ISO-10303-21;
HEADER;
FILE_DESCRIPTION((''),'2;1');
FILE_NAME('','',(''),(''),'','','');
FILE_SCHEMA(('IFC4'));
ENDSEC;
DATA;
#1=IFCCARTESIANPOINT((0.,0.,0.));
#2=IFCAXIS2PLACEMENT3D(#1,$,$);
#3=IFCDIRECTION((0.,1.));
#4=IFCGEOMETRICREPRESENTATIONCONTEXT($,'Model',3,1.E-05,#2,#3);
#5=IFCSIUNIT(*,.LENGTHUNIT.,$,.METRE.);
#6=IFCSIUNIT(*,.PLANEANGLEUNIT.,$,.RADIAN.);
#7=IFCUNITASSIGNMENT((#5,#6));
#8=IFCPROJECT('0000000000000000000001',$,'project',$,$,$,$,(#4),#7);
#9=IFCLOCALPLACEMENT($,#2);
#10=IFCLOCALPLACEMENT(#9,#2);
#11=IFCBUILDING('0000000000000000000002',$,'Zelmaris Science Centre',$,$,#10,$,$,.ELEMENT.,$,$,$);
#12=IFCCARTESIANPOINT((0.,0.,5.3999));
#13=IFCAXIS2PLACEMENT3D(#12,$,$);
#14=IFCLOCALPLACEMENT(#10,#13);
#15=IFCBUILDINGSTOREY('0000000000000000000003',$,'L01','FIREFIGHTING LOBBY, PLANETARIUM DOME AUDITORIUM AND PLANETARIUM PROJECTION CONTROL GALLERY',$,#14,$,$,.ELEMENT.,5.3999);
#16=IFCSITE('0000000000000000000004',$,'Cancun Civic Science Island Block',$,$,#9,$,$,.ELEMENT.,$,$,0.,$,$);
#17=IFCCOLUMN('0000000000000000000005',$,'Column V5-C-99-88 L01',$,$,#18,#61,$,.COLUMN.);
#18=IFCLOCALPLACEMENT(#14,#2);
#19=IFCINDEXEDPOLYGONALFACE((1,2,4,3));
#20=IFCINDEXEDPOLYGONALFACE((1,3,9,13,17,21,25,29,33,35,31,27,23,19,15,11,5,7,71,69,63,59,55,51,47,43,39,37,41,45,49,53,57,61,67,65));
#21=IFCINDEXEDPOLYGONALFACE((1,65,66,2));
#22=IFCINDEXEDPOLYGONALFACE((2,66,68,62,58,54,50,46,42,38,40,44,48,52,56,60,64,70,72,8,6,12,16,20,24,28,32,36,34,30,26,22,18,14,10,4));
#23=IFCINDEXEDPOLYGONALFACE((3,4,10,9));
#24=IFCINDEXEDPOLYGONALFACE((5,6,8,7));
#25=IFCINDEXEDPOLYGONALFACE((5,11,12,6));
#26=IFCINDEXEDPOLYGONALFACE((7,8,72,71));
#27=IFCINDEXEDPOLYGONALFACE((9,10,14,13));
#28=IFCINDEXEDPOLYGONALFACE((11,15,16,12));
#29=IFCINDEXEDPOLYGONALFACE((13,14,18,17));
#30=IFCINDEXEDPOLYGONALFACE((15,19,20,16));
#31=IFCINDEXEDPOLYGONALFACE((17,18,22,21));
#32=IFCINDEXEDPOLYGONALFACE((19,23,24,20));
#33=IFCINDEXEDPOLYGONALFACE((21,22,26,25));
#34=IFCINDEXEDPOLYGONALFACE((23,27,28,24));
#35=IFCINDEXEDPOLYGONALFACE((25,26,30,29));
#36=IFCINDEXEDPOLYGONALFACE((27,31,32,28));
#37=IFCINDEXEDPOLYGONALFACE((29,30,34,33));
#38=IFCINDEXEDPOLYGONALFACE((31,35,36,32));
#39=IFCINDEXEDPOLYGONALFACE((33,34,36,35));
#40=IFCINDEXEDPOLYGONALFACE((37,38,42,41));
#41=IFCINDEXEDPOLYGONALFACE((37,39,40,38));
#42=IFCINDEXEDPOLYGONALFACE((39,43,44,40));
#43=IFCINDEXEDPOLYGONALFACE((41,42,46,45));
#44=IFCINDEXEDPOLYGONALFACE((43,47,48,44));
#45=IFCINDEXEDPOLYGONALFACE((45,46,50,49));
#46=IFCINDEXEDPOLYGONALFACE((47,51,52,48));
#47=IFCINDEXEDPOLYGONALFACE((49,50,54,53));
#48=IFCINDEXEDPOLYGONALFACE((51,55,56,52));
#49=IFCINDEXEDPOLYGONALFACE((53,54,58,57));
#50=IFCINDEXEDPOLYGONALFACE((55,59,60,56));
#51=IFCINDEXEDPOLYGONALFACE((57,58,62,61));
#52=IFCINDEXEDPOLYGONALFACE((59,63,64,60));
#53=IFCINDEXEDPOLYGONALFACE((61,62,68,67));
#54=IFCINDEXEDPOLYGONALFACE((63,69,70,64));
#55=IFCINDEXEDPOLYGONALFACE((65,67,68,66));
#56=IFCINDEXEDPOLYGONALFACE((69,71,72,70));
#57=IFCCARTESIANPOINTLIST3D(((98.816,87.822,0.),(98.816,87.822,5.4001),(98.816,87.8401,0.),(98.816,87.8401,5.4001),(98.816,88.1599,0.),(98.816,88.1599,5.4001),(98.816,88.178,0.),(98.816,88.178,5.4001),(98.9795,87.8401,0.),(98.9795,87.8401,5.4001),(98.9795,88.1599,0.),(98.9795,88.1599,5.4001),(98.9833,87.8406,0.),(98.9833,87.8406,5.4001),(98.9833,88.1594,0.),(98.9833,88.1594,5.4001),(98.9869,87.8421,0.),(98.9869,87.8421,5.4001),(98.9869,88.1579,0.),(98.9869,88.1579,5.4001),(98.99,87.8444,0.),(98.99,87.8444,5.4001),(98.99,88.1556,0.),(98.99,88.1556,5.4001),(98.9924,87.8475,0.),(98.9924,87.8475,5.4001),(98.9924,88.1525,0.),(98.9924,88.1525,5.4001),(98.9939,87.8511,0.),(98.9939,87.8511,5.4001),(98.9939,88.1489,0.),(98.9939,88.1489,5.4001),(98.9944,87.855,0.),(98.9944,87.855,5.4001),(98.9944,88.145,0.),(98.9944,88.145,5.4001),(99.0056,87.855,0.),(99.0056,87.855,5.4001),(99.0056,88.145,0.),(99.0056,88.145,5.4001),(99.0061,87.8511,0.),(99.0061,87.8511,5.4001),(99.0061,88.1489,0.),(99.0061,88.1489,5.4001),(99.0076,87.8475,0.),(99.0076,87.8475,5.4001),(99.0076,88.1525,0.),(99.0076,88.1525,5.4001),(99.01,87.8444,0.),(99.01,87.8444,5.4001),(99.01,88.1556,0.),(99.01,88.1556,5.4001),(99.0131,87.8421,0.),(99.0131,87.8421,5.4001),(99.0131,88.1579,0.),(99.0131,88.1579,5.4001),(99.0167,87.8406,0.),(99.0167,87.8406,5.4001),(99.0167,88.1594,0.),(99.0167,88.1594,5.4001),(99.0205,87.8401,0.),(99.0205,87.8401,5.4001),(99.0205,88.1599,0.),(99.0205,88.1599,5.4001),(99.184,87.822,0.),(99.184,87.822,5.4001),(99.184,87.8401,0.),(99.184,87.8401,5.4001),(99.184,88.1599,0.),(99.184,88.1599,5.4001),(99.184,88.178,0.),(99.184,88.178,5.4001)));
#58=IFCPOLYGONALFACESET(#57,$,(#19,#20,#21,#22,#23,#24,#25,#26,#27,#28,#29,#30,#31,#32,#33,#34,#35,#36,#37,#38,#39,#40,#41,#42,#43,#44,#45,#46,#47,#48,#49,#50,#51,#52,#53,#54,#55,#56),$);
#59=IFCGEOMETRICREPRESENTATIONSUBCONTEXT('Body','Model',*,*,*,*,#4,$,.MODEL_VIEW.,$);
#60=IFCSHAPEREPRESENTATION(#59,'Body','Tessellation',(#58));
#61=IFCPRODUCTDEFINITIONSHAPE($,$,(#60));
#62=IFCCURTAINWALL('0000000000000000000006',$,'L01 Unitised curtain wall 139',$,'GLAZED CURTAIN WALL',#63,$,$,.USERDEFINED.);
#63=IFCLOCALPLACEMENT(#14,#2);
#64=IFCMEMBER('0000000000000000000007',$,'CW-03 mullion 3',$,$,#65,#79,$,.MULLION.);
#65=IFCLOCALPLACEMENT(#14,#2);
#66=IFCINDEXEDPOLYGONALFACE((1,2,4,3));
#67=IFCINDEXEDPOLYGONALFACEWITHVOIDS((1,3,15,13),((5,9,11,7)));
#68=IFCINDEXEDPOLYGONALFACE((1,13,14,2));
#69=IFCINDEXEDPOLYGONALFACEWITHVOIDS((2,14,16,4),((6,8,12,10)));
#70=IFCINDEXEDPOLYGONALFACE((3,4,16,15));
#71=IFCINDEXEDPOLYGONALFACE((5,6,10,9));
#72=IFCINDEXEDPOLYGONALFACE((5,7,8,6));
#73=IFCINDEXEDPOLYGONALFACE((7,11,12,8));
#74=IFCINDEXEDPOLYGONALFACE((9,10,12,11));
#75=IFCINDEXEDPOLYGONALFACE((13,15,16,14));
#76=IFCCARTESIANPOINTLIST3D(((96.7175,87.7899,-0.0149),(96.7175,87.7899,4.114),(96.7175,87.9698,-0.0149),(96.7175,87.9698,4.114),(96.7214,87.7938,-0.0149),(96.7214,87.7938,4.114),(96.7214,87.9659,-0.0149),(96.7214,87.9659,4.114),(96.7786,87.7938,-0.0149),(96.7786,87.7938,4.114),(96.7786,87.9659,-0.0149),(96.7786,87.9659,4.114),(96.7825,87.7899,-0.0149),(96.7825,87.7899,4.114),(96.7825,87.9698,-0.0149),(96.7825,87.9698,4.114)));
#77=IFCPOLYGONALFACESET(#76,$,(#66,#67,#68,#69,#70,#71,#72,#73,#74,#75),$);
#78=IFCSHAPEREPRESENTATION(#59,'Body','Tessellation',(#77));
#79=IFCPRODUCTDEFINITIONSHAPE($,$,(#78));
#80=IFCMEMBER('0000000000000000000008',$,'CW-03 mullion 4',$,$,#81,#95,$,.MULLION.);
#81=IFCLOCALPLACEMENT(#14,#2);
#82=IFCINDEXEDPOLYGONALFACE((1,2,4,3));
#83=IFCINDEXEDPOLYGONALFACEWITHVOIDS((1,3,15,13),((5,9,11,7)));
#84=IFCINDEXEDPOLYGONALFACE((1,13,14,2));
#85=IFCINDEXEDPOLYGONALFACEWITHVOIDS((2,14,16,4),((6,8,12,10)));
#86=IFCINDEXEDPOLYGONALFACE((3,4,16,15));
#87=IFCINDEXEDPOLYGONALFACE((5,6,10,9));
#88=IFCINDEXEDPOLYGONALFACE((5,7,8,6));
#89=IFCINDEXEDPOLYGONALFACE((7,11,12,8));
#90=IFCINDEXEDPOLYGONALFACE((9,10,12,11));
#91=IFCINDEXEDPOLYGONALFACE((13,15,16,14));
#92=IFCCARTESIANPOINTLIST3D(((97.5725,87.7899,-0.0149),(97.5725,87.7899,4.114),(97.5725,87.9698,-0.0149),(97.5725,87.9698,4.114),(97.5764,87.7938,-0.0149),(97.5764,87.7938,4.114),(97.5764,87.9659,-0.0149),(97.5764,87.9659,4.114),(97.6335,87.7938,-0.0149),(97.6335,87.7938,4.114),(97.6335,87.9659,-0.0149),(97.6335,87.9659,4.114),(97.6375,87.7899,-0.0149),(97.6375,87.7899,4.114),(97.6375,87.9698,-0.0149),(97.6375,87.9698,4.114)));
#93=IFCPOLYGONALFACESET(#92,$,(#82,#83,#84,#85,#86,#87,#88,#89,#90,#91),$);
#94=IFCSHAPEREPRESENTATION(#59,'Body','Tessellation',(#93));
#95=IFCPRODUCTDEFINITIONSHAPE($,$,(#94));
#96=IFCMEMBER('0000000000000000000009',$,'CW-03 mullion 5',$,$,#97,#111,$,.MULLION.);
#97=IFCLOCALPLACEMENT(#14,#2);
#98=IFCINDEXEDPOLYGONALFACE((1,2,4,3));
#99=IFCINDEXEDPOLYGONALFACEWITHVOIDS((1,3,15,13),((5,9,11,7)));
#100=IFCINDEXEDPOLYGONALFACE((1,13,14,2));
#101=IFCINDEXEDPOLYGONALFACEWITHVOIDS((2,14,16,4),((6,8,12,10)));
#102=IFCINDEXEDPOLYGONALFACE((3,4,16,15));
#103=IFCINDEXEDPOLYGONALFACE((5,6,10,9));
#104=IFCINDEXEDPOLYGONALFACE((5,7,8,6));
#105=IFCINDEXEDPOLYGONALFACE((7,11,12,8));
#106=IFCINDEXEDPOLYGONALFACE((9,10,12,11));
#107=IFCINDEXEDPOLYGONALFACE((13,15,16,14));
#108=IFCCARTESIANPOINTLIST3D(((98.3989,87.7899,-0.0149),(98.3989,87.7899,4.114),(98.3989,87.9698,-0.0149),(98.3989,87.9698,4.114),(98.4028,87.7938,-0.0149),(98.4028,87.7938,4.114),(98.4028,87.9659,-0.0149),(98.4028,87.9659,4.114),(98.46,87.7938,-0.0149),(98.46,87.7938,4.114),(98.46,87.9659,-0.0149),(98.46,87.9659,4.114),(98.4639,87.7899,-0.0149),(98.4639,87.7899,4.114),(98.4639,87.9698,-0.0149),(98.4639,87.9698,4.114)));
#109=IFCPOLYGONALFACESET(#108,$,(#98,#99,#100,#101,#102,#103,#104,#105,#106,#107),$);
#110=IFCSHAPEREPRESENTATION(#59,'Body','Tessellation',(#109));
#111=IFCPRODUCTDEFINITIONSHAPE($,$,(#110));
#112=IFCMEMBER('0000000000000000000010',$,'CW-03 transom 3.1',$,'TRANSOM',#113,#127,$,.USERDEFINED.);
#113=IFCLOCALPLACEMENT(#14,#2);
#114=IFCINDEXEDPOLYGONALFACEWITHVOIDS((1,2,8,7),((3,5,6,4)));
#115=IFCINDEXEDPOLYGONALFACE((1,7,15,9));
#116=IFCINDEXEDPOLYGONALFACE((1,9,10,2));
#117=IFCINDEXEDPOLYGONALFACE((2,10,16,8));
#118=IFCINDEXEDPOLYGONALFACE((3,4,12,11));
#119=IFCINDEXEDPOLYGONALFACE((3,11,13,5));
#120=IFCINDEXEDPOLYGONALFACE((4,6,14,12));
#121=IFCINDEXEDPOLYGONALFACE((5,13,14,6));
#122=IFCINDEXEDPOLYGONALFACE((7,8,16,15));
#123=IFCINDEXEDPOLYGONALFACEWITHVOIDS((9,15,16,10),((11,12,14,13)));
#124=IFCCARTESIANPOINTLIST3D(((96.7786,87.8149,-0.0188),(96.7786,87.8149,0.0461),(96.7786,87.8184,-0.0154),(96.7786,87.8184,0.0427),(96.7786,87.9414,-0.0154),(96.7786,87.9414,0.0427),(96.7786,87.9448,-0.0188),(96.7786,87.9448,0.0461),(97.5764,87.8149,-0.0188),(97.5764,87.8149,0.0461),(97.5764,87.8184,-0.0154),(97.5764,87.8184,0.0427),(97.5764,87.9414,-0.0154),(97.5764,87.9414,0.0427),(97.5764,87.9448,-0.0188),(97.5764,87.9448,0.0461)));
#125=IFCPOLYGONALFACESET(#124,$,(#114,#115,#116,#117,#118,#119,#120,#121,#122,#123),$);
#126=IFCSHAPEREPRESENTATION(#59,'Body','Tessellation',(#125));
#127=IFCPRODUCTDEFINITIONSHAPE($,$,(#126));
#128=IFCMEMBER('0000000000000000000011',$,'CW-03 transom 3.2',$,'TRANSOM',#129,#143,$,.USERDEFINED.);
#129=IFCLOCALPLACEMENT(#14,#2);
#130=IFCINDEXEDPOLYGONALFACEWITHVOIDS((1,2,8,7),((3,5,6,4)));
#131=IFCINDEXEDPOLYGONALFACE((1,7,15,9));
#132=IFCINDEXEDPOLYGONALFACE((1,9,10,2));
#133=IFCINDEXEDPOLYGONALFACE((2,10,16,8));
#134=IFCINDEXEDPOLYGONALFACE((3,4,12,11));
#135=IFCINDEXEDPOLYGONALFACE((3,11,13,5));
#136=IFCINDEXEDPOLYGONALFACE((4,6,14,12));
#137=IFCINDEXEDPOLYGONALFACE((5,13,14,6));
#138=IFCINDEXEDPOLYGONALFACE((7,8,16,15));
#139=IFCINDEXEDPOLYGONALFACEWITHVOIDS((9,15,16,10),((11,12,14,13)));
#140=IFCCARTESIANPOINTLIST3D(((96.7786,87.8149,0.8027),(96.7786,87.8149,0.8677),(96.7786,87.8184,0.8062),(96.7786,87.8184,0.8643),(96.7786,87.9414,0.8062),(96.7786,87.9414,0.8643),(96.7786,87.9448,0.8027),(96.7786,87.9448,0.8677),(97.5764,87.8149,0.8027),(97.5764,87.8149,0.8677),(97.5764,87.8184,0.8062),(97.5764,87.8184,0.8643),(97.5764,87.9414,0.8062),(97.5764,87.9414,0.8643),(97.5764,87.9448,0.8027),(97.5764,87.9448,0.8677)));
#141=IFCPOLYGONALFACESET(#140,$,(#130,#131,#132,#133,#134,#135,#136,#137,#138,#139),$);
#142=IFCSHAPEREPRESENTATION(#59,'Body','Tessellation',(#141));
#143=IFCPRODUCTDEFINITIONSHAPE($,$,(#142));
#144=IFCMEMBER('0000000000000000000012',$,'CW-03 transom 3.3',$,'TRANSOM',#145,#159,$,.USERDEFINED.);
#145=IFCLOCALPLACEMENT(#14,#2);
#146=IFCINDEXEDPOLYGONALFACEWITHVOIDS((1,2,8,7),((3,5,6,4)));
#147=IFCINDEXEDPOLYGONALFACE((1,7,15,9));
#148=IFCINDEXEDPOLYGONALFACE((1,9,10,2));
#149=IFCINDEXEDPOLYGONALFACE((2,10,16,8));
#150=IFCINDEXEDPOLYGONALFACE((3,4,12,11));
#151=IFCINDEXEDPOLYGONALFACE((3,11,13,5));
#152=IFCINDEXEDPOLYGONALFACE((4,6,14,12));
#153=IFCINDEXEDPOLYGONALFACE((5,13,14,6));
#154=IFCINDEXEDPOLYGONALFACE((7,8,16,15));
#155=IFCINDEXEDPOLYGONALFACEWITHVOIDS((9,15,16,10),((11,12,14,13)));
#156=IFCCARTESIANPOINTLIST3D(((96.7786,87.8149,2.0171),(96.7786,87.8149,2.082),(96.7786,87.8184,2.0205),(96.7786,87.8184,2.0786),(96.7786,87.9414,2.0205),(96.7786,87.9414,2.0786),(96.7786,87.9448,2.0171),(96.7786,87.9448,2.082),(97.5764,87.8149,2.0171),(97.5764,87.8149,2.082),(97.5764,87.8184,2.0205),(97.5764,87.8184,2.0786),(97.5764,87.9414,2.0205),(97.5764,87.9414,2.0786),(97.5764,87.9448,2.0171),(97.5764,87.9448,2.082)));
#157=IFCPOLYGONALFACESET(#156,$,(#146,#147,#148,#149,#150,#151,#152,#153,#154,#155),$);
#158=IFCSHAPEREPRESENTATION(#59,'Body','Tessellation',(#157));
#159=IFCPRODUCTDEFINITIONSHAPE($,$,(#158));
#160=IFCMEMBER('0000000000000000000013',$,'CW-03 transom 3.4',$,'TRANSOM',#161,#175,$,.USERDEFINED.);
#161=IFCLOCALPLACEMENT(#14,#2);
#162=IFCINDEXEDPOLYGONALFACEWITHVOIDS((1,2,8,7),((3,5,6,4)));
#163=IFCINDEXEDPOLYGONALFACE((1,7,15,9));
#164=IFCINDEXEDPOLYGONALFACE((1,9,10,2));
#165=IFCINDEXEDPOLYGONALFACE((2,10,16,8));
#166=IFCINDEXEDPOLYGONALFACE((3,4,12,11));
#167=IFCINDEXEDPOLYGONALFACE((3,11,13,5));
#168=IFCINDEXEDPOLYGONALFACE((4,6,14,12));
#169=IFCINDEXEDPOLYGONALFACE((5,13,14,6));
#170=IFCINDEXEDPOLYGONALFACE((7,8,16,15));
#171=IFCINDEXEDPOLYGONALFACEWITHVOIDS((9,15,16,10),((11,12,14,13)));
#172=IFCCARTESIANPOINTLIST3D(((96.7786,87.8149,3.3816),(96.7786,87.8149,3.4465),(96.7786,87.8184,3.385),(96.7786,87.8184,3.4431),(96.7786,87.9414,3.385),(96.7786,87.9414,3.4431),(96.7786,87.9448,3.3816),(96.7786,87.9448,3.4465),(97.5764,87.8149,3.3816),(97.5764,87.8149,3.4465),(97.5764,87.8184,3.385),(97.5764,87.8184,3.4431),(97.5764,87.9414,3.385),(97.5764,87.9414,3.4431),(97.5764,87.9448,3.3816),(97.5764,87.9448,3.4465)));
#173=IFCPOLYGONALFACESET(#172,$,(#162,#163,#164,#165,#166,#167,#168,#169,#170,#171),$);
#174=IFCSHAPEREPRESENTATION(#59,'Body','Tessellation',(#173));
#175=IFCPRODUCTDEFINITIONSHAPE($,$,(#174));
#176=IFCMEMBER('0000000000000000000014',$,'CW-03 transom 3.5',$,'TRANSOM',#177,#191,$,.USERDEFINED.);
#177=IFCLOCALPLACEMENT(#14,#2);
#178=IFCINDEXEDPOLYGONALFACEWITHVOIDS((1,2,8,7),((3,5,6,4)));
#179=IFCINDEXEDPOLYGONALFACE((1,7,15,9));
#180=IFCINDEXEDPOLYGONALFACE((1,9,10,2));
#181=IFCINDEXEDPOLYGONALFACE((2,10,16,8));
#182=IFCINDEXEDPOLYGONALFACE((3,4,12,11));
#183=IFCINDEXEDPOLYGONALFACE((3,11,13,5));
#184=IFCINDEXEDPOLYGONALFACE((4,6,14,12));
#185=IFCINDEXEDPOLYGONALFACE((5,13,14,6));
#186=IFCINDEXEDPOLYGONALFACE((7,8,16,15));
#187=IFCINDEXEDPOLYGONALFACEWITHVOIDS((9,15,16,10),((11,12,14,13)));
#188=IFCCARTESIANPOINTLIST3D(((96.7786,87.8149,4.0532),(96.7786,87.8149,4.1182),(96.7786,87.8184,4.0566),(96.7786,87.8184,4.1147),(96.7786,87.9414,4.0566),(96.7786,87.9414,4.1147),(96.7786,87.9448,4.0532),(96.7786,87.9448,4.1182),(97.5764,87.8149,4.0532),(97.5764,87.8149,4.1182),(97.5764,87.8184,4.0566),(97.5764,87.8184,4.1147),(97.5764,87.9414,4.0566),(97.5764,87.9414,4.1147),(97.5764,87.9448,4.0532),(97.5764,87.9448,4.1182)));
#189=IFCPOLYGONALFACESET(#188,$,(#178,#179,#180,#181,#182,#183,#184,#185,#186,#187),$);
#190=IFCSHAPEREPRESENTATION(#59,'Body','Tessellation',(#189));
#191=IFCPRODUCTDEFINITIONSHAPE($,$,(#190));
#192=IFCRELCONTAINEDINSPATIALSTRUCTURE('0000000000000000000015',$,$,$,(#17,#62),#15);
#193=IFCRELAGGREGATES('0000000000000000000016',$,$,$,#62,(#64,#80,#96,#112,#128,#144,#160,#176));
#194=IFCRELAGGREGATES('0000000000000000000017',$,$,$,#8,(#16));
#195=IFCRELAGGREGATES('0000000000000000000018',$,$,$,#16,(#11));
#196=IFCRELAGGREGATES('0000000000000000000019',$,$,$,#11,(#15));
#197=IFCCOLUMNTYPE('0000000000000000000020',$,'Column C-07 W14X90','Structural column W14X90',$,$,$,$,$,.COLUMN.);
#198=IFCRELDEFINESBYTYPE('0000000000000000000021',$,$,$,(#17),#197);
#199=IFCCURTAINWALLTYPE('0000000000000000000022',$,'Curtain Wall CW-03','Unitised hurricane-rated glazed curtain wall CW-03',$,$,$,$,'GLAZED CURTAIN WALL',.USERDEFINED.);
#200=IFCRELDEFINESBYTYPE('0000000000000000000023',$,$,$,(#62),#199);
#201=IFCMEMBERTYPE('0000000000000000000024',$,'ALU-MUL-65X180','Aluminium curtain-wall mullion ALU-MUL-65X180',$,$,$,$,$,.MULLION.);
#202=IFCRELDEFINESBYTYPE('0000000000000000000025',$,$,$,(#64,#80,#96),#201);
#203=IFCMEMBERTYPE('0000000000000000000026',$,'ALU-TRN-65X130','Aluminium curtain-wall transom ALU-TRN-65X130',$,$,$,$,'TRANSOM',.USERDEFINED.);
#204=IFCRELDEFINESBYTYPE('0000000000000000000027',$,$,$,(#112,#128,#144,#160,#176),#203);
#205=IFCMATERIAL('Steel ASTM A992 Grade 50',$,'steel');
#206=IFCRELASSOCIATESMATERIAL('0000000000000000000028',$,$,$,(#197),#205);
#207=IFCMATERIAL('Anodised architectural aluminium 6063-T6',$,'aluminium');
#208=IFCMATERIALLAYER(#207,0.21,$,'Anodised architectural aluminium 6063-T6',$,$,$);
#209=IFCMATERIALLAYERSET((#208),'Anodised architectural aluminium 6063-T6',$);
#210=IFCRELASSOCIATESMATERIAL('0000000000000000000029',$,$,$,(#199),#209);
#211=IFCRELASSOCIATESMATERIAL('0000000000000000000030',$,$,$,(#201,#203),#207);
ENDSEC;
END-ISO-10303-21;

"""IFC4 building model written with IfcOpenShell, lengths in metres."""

from ifc_helpers import new_model, si_unit, direction, frame, origin, origin_2d, place, context, subcontext, project, spatial, hollow_rectangle, i_section, extrude, material, layer, layer_set, material_profile, profile_set, type_object, element, aggregate, save


model = new_model("IFC4")

# Units and contexts
model_context = context("Model", 3, precision=1e-05, world=origin(), true_north=direction((0.0, 1.0)))
body_context = subcontext(model_context, "Body", "Model", "MODEL_VIEW")
ifc_project = project(units=[si_unit("LENGTHUNIT", "METRE"), si_unit("PLANEANGLEUNIT", "RADIAN")], contexts=[model_context])

# Site, building, storey
site_placement = place(None, origin())
site = spatial("IfcSite", under=ifc_project, at=site_placement, Name="Cancun Civic Science Island Block", CompositionType="ELEMENT", RefElevation=0.0)
building_placement = place(site_placement, origin())
building = spatial("IfcBuilding", under=site, at=building_placement, Name="Zelmaris Science Centre", CompositionType="ELEMENT")
storey_placement = place(building_placement, frame((0.0, 0.0, 5.3999)))
storey = spatial("IfcBuildingStorey", under=building, at=storey_placement, Name="L01", Description="FIREFIGHTING LOBBY, PLANETARIUM DOME AUDITORIUM AND PLANETARIUM PROJECTION CONTROL GALLERY", CompositionType="ELEMENT", Elevation=5.3999)

# Column
ifc_material_1 = material(Name="Steel ASTM A992 Grade 50", Category="steel")
ifc_material_profile_1 = material_profile(ifc_material_1, i_section(OverallWidth=0.3679, OverallDepth=0.356, WebThickness=0.0112, FlangeThickness=0.0181, FilletRadius=0.0149, at=origin_2d()), Name="W14X90")
ifc_profile_set_1 = profile_set([ifc_material_profile_1], Name="Steel ASTM A992 Grade 50")
column_type = type_object("IfcColumnType", Name="Column C-07 W14X90", Description="Structural column W14X90", PredefinedType="COLUMN", material=ifc_profile_set_1)
column_placement = place(storey_placement, frame((99.0, 88.0, 0.0), z_axis=(0.0, 0.0, 1.0), x_axis=(1.0, 0.0, 0.0)))
element("IfcColumn", 1, at=column_placement, inside=storey, type_object=column_type, Name="Column V5-C-99-88 L01", PredefinedType="COLUMN", context=body_context, shape_type="SweptSolid", body=[
    extrude(i_section(OverallWidth=0.3679, OverallDepth=0.356, WebThickness=0.0112, FlangeThickness=0.0181, FilletRadius=0.0149, at=origin_2d()), origin(), (0.0, 0.0, 1.0), 5.4001),
])

# Curtain wall, members
ifc_material_2 = material(Name="Anodised architectural aluminium 6063-T6", Category="aluminium")
ifc_layer_1 = layer(ifc_material_2, 0.21, Name="Anodised architectural aluminium 6063-T6")
ifc_layer_set_1 = layer_set([ifc_layer_1], Name="Anodised architectural aluminium 6063-T6")
curtain_wall_type = type_object("IfcCurtainWallType", Name="Curtain Wall CW-03", Description="Unitised hurricane-rated glazed curtain wall CW-03", ElementType="GLAZED CURTAIN WALL", PredefinedType="USERDEFINED", material=ifc_layer_set_1)
curtain_wall_placement = place(storey_placement, origin())
curtain_wall = element("IfcCurtainWall", 2, at=curtain_wall_placement, inside=storey, type_object=curtain_wall_type, Name="L01 Unitised curtain wall 139", ObjectType="GLAZED CURTAIN WALL", PredefinedType="USERDEFINED")
ifc_material_profile_2 = material_profile(ifc_material_2, hollow_rectangle(XDim=0.0649, YDim=0.1799, WallThickness=0.0039, at=origin_2d()), Name="ALU-MUL-65X180")
ifc_profile_set_2 = profile_set([ifc_material_profile_2], Name="Anodised architectural aluminium 6063-T6")
member_type_1 = type_object("IfcMemberType", Name="ALU-MUL-65X180", Description="Aluminium curtain-wall mullion ALU-MUL-65X180", PredefinedType="MULLION", material=ifc_profile_set_2)
member_1_placement = place(storey_placement, frame((96.75, 87.8799, -0.0149), z_axis=(0.0, 0.0, 1.0), x_axis=(1.0, 0.0, 0.0)))
member_1 = element("IfcMember", 3, at=member_1_placement, type_object=member_type_1, Name="CW-03 mullion 3", PredefinedType="MULLION", context=body_context, shape_type="SweptSolid", body=[
    extrude(hollow_rectangle(XDim=0.0649, YDim=0.1799, WallThickness=0.0039, at=origin_2d()), origin(), (0.0, 0.0, 1.0), 4.1289),
])
member_2_placement = place(storey_placement, frame((97.605, 87.8799, -0.0149), z_axis=(0.0, 0.0, 1.0), x_axis=(1.0, 0.0, 0.0)))
member_2 = element("IfcMember", 4, at=member_2_placement, type_object=member_type_1, Name="CW-03 mullion 4", PredefinedType="MULLION", context=body_context, shape_type="SweptSolid", body=[
    extrude(hollow_rectangle(XDim=0.0649, YDim=0.1799, WallThickness=0.0039, at=origin_2d()), origin(), (0.0, 0.0, 1.0), 4.1289),
])
member_3_placement = place(storey_placement, frame((98.4314, 87.8799, -0.0149), z_axis=(0.0, 0.0, 1.0), x_axis=(1.0, 0.0, 0.0)))
member_3 = element("IfcMember", 5, at=member_3_placement, type_object=member_type_1, Name="CW-03 mullion 5", PredefinedType="MULLION", context=body_context, shape_type="SweptSolid", body=[
    extrude(hollow_rectangle(XDim=0.0649, YDim=0.1799, WallThickness=0.0039, at=origin_2d()), origin(), (0.0, 0.0, 1.0), 4.1289),
])
ifc_material_profile_3 = material_profile(ifc_material_2, hollow_rectangle(XDim=0.0649, YDim=0.1299, WallThickness=0.0034, at=origin_2d()), Name="ALU-TRN-65X130")
ifc_profile_set_3 = profile_set([ifc_material_profile_3], Name="Anodised architectural aluminium 6063-T6")
member_type_2 = type_object("IfcMemberType", Name="ALU-TRN-65X130", Description="Aluminium curtain-wall transom ALU-TRN-65X130", ElementType="TRANSOM", PredefinedType="USERDEFINED", material=ifc_profile_set_3)
member_4_placement = place(storey_placement, frame((96.7786, 87.8799, 0.0137), z_axis=(1.0, 0.0, 0.0), x_axis=(0.0, 0.0, 1.0)))
member_4 = element("IfcMember", 6, at=member_4_placement, type_object=member_type_2, Name="CW-03 transom 3.1", ObjectType="TRANSOM", PredefinedType="USERDEFINED", context=body_context, shape_type="SweptSolid", body=[
    extrude(hollow_rectangle(XDim=0.0649, YDim=0.1299, WallThickness=0.0034, at=origin_2d()), origin(), (0.0, 0.0, 1.0), 0.7979),
])
member_5_placement = place(storey_placement, frame((96.7786, 87.8799, 0.8352), z_axis=(1.0, 0.0, 0.0), x_axis=(0.0, 0.0, 1.0)))
member_5 = element("IfcMember", 7, at=member_5_placement, type_object=member_type_2, Name="CW-03 transom 3.2", ObjectType="TRANSOM", PredefinedType="USERDEFINED", context=body_context, shape_type="SweptSolid", body=[
    extrude(hollow_rectangle(XDim=0.0649, YDim=0.1299, WallThickness=0.0034, at=origin_2d()), origin(), (0.0, 0.0, 1.0), 0.7979),
])
member_6_placement = place(storey_placement, frame((96.7786, 87.8799, 2.0496), z_axis=(1.0, 0.0, 0.0), x_axis=(0.0, 0.0, 1.0)))
member_6 = element("IfcMember", 8, at=member_6_placement, type_object=member_type_2, Name="CW-03 transom 3.3", ObjectType="TRANSOM", PredefinedType="USERDEFINED", context=body_context, shape_type="SweptSolid", body=[
    extrude(hollow_rectangle(XDim=0.0649, YDim=0.1299, WallThickness=0.0034, at=origin_2d()), origin(), (0.0, 0.0, 1.0), 0.7979),
])
member_7_placement = place(storey_placement, frame((96.7786, 87.8799, 3.4141), z_axis=(1.0, 0.0, 0.0), x_axis=(0.0, 0.0, 1.0)))
member_7 = element("IfcMember", 9, at=member_7_placement, type_object=member_type_2, Name="CW-03 transom 3.4", ObjectType="TRANSOM", PredefinedType="USERDEFINED", context=body_context, shape_type="SweptSolid", body=[
    extrude(hollow_rectangle(XDim=0.0649, YDim=0.1299, WallThickness=0.0034, at=origin_2d()), origin(), (0.0, 0.0, 1.0), 0.7979),
])
member_8_placement = place(storey_placement, frame((96.7786, 87.8799, 4.0857), z_axis=(1.0, 0.0, 0.0), x_axis=(0.0, 0.0, 1.0)))
member_8 = element("IfcMember", 10, at=member_8_placement, type_object=member_type_2, Name="CW-03 transom 3.5", ObjectType="TRANSOM", PredefinedType="USERDEFINED", context=body_context, shape_type="SweptSolid", body=[
    extrude(hollow_rectangle(XDim=0.0649, YDim=0.1299, WallThickness=0.0034, at=origin_2d()), origin(), (0.0, 0.0, 1.0), 0.7979),
])
aggregate(curtain_wall, [member_1, member_2, member_3, member_4, member_5, member_6, member_7, member_8])

save(model, "model.ifc")
